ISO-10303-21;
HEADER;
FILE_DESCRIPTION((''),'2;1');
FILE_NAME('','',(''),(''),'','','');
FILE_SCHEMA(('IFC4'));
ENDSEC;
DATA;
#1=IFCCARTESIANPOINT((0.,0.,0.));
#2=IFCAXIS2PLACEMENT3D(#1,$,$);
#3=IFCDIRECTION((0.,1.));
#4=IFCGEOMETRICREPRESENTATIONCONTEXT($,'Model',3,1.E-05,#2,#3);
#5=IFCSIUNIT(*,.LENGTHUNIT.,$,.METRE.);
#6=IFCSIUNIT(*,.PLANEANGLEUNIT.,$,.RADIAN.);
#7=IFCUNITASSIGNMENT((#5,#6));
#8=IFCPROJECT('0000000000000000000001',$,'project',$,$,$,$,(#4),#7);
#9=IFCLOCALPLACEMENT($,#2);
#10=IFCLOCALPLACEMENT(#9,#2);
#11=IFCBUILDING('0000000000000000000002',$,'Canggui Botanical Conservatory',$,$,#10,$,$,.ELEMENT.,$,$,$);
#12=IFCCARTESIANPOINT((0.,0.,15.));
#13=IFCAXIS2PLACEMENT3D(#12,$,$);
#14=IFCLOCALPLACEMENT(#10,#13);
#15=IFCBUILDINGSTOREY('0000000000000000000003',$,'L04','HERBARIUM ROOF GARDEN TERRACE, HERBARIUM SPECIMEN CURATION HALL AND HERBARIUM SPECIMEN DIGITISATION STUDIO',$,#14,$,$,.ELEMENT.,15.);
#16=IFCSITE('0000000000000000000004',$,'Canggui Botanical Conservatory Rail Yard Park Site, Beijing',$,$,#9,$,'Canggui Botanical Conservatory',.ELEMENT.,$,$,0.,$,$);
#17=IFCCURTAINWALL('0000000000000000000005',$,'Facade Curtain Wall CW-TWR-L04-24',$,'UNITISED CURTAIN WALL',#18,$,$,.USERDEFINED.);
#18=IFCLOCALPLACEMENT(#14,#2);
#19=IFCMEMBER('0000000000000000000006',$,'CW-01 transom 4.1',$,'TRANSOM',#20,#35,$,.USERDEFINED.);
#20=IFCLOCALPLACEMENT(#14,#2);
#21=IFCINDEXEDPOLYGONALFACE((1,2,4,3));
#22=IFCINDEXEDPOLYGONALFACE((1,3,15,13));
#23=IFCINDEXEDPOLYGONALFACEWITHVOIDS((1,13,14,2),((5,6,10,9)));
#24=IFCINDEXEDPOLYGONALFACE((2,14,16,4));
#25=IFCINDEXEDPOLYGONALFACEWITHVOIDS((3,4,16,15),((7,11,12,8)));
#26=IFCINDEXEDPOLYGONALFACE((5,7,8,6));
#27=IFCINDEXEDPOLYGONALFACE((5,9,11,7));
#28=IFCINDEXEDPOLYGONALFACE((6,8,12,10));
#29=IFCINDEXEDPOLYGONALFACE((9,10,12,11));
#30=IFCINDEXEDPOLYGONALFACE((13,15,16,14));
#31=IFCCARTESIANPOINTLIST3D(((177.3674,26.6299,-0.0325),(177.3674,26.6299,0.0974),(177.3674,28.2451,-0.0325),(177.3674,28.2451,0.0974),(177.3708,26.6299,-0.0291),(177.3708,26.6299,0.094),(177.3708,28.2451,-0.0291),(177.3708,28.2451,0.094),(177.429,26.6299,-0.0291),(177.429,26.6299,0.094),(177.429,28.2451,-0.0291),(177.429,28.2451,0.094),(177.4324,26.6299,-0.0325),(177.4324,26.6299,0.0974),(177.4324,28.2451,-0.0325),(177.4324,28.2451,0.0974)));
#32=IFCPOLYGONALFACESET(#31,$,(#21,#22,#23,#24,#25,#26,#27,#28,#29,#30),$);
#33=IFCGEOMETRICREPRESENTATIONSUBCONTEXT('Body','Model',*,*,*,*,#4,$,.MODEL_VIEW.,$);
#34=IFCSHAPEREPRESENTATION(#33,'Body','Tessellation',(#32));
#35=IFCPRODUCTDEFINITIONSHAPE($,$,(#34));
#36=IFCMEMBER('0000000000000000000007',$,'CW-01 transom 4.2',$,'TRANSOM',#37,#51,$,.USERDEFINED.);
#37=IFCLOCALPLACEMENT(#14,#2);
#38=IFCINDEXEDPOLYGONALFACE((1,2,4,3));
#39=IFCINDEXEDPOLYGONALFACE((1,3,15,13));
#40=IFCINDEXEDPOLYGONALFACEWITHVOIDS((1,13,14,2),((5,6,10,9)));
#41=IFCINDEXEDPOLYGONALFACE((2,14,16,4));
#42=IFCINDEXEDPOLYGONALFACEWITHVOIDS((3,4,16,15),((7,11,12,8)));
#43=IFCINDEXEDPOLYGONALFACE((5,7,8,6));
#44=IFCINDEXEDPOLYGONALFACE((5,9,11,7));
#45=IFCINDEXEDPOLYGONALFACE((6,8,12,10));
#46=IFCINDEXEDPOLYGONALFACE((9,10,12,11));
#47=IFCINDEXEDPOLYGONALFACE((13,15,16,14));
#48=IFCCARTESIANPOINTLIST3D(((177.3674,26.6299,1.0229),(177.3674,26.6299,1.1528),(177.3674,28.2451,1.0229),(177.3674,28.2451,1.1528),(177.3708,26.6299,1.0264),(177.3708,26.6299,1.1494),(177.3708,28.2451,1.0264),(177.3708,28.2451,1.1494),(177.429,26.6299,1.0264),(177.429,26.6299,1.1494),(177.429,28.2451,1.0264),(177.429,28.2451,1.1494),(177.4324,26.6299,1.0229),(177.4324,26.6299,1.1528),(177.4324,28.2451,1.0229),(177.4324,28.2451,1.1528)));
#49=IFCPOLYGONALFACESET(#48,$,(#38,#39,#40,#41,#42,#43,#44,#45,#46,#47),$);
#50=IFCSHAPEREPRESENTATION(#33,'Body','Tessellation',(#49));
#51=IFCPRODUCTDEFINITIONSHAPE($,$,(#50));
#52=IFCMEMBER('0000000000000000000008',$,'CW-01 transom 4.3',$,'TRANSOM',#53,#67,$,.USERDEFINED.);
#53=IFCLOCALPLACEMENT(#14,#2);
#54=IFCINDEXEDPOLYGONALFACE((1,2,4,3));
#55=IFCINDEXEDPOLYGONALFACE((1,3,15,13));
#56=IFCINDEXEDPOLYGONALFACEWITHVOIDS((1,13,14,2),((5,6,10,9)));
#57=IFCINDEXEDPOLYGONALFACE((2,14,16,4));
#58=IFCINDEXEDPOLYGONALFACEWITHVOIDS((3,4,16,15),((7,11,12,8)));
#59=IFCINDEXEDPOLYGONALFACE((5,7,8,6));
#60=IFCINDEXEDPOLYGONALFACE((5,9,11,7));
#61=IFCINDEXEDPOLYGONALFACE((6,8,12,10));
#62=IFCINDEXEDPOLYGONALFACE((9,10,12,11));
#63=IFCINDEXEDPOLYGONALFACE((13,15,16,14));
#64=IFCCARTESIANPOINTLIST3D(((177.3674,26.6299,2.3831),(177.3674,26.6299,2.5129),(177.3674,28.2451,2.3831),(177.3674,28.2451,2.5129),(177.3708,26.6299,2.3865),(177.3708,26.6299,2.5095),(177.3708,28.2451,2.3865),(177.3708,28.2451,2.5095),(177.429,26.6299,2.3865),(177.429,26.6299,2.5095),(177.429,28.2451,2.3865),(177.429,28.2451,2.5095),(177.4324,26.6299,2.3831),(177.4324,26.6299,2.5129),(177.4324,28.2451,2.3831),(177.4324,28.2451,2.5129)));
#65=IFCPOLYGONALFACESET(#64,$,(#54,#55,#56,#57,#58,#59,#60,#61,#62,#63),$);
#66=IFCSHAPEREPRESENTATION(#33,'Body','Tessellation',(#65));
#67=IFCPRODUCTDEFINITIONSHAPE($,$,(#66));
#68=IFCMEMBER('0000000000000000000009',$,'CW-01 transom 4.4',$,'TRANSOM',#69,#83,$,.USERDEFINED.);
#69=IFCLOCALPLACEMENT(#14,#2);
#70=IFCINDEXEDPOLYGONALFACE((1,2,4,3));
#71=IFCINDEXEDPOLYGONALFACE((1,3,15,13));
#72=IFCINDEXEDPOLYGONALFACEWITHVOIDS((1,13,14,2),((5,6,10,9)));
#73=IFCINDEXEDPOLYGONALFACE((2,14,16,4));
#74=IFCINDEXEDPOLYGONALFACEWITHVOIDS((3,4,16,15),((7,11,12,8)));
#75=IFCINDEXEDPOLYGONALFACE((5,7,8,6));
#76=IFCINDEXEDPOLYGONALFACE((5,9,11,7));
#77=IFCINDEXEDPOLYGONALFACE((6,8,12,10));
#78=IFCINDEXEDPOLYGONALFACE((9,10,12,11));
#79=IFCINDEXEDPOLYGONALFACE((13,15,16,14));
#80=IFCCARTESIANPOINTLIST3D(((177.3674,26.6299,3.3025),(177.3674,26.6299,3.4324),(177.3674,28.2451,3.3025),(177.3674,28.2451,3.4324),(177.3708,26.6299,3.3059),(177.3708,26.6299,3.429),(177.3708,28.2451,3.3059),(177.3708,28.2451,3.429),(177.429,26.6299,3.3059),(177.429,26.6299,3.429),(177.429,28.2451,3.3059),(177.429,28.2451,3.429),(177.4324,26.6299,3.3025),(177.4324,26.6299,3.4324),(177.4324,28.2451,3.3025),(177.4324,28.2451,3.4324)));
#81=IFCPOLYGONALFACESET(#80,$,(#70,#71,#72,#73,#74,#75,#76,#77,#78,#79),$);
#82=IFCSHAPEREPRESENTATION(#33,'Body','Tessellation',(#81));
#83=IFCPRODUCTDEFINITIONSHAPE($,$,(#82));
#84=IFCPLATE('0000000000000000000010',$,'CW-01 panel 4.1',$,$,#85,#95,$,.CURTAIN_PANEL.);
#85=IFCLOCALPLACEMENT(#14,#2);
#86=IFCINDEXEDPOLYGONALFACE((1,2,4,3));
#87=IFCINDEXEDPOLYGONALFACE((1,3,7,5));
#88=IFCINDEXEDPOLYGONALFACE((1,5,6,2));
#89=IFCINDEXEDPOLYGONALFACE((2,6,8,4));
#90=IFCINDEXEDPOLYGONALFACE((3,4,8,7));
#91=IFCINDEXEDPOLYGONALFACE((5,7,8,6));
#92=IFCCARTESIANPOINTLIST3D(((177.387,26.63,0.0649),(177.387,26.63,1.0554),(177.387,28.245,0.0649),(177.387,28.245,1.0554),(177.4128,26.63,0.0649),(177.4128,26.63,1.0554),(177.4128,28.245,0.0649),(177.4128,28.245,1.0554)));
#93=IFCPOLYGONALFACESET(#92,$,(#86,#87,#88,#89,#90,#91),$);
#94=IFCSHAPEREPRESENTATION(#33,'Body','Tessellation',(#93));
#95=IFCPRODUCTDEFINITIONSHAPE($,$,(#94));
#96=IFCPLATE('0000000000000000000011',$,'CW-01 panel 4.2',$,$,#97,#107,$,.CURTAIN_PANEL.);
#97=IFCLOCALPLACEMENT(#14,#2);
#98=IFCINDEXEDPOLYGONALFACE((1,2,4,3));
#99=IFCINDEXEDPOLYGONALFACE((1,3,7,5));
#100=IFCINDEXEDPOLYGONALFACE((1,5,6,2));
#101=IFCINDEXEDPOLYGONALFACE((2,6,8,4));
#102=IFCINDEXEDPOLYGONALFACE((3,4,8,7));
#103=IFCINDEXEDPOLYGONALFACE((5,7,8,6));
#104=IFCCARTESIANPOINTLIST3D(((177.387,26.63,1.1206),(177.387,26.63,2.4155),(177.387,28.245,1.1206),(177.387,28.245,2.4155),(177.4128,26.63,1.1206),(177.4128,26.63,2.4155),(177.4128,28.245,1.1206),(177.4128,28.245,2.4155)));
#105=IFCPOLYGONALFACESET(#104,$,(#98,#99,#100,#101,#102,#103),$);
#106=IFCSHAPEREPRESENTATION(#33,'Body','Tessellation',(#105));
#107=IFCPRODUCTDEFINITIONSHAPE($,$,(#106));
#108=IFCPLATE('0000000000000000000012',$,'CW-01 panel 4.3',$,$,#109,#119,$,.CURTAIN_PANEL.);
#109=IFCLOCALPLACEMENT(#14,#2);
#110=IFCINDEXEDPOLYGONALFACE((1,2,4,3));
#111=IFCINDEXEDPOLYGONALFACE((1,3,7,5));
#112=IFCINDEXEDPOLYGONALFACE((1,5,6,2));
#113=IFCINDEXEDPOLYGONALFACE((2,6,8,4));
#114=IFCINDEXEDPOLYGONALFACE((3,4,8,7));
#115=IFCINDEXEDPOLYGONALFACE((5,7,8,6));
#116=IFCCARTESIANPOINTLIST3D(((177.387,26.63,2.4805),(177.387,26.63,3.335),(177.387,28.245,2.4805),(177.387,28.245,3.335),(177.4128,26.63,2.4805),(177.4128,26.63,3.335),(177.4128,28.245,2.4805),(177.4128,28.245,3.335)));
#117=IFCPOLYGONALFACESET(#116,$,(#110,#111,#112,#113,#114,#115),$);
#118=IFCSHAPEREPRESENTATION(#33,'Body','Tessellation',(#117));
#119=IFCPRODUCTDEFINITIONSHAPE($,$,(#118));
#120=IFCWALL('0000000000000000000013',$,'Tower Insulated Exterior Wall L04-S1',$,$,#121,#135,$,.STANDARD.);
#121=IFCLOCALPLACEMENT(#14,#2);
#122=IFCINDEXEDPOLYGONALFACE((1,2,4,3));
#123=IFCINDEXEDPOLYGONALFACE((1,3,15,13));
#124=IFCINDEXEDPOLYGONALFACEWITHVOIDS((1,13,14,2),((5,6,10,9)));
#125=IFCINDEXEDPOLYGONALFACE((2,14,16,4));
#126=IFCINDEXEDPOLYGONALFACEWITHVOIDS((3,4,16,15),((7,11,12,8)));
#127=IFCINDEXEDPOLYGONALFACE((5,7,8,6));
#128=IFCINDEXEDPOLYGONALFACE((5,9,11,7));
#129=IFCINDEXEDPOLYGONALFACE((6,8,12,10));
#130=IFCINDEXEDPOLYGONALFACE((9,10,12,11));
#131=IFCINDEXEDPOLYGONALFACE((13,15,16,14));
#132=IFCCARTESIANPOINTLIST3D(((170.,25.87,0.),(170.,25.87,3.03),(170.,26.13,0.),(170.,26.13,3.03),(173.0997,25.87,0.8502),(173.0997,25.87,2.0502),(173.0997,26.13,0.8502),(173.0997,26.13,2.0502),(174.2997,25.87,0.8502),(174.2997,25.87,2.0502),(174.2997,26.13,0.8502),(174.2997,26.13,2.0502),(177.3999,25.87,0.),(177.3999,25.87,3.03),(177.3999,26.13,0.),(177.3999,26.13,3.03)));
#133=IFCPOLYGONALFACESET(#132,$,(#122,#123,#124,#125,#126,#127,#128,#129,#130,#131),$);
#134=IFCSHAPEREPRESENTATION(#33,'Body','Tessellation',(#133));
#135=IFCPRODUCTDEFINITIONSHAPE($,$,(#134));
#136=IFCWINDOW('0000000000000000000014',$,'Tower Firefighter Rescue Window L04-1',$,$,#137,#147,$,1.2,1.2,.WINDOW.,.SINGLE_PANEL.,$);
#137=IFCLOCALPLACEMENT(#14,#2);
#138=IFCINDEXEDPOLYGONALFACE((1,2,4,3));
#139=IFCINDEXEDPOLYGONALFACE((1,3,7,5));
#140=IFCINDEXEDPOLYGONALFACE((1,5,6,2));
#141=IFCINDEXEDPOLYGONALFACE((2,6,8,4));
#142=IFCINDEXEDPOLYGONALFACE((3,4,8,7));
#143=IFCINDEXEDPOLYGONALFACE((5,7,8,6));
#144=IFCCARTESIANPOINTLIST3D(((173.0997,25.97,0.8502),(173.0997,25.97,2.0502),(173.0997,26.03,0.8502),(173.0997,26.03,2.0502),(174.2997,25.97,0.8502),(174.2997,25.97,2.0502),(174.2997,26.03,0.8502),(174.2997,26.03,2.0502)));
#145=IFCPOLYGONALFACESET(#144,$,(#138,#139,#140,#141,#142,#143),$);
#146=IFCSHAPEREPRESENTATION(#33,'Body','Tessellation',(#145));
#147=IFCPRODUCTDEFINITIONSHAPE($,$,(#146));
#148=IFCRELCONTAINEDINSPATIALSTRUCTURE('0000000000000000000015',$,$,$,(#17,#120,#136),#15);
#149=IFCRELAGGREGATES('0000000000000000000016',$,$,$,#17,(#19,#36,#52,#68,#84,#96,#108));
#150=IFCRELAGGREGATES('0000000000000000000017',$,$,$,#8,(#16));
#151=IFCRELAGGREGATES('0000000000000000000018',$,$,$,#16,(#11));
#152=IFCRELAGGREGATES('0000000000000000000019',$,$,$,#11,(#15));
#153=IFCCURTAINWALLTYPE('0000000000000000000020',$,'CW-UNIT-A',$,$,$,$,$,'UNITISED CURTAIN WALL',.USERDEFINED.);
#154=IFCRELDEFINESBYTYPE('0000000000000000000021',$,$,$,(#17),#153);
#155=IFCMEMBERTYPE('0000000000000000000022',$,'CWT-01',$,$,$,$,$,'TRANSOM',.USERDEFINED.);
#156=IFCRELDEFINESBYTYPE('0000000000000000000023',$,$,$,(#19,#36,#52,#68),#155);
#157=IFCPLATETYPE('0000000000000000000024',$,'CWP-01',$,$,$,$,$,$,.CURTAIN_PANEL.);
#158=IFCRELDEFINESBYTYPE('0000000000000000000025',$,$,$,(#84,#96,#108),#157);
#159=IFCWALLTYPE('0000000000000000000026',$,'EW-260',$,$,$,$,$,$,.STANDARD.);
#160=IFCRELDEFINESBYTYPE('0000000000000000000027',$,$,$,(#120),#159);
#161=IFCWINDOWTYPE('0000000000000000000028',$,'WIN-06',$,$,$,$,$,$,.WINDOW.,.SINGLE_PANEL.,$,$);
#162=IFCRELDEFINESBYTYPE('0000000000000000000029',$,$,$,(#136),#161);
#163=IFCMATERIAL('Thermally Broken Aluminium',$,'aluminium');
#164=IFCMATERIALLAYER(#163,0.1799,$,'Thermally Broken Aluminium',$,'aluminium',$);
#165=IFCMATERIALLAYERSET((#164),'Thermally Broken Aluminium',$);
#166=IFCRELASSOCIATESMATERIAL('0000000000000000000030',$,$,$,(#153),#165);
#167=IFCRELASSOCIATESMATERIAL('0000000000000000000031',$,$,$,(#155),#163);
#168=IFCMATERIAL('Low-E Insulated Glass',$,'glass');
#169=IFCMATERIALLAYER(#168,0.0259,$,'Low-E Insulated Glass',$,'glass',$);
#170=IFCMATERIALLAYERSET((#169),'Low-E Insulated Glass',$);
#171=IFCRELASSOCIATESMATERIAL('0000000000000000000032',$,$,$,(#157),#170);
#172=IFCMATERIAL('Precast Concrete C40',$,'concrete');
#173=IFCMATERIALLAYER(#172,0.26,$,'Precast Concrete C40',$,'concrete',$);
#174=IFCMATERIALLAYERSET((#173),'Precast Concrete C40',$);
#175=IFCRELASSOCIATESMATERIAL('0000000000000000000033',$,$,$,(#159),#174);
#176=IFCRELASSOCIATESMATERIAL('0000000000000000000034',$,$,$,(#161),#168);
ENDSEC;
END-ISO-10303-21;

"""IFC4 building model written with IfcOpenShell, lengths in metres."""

from ifc_helpers import new_model, si_unit, direction, frame, frame_2d, origin, origin_2d, place, context, subcontext, project, spatial, rectangle, hollow_rectangle, extrude, material, layer, layer_set, material_profile, profile_set, type_object, element, fill, aggregate, save


model = new_model("IFC4")

# Units and contexts
model_context = context("Model", 3, precision=1e-05, world=origin(), true_north=direction((0.0, 1.0)))
body_context = subcontext(model_context, "Body", "Model", "MODEL_VIEW")
ifc_project = project(units=[si_unit("LENGTHUNIT", "METRE"), si_unit("PLANEANGLEUNIT", "RADIAN")], contexts=[model_context])

# Site, building, storey
site_placement = place(None, origin())
site = spatial("IfcSite", under=ifc_project, at=site_placement, Name="Canggui Botanical Conservatory Rail Yard Park Site, Beijing", LongName="Canggui Botanical Conservatory", CompositionType="ELEMENT", RefElevation=0.0)
building_placement = place(site_placement, origin())
building = spatial("IfcBuilding", under=site, at=building_placement, Name="Canggui Botanical Conservatory", CompositionType="ELEMENT")
storey_placement = place(building_placement, frame((0.0, 0.0, 15.0)))
storey = spatial("IfcBuildingStorey", under=building, at=storey_placement, Name="L04", Description="HERBARIUM ROOF GARDEN TERRACE, HERBARIUM SPECIMEN CURATION HALL AND HERBARIUM SPECIMEN DIGITISATION STUDIO", CompositionType="ELEMENT", Elevation=15.0)

# Shared definitions
ifc_material_1 = material(Name="Thermally Broken Aluminium", Category="aluminium")
ifc_layer_1 = layer(ifc_material_1, 0.1799, Name="Thermally Broken Aluminium", Category="aluminium")
ifc_layer_set_1 = layer_set([ifc_layer_1], Name="Thermally Broken Aluminium")
curtain_wall_type = type_object("IfcCurtainWallType", Name="CW-UNIT-A", ElementType="UNITISED CURTAIN WALL", PredefinedType="USERDEFINED", material=ifc_layer_set_1)

# Curtain wall
curtain_wall_1_placement = place(storey_placement, origin())
curtain_wall_1 = element("IfcCurtainWall", 1, at=curtain_wall_1_placement, inside=storey, type_object=curtain_wall_type, Name="Facade Curtain Wall CW-TWR-L04-24", ObjectType="UNITISED CURTAIN WALL", PredefinedType="USERDEFINED")

# Members
ifc_material_profile_1 = material_profile(ifc_material_1, hollow_rectangle(XDim=0.0649, YDim=0.1299, WallThickness=0.0034, at=origin_2d()), Name="CWT 65x130x3.5")
ifc_profile_set_1 = profile_set([ifc_material_profile_1], Name="Thermally Broken Aluminium")
member_type_1 = type_object("IfcMemberType", Name="CWT-01", ElementType="TRANSOM", PredefinedType="USERDEFINED", material=ifc_profile_set_1)
member_1_placement = place(storey_placement, frame((177.3999, 28.2451, 0.0325), z_axis=(0.0, -1.0, 0.0), x_axis=(1.0, 0.0, 0.0)))
member_1 = element("IfcMember", 2, at=member_1_placement, type_object=member_type_1, Name="CW-01 transom 4.1", ObjectType="TRANSOM", PredefinedType="USERDEFINED", context=body_context, shape_type="SweptSolid", body=[
    extrude(hollow_rectangle(XDim=0.0649, YDim=0.1299, WallThickness=0.0034, at=origin_2d()), origin(), (0.0, 0.0, 1.0), 1.6152),
])
member_2_placement = place(storey_placement, frame((177.3999, 28.2451, 1.0879), z_axis=(0.0, -1.0, 0.0), x_axis=(1.0, 0.0, 0.0)))
member_2 = element("IfcMember", 3, at=member_2_placement, type_object=member_type_1, Name="CW-01 transom 4.2", ObjectType="TRANSOM", PredefinedType="USERDEFINED", context=body_context, shape_type="SweptSolid", body=[
    extrude(hollow_rectangle(XDim=0.0649, YDim=0.1299, WallThickness=0.0034, at=origin_2d()), origin(), (0.0, 0.0, 1.0), 1.6152),
])
member_3_placement = place(storey_placement, frame((177.3999, 28.2451, 2.448), z_axis=(0.0, -1.0, 0.0), x_axis=(1.0, 0.0, 0.0)))
member_3 = element("IfcMember", 4, at=member_3_placement, type_object=member_type_1, Name="CW-01 transom 4.3", ObjectType="TRANSOM", PredefinedType="USERDEFINED", context=body_context, shape_type="SweptSolid", body=[
    extrude(hollow_rectangle(XDim=0.0649, YDim=0.1299, WallThickness=0.0034, at=origin_2d()), origin(), (0.0, 0.0, 1.0), 1.6152),
])
member_4_placement = place(storey_placement, frame((177.3999, 28.2451, 3.3674), z_axis=(0.0, -1.0, 0.0), x_axis=(1.0, 0.0, 0.0)))
member_4 = element("IfcMember", 5, at=member_4_placement, type_object=member_type_1, Name="CW-01 transom 4.4", ObjectType="TRANSOM", PredefinedType="USERDEFINED", context=body_context, shape_type="SweptSolid", body=[
    extrude(hollow_rectangle(XDim=0.0649, YDim=0.1299, WallThickness=0.0034, at=origin_2d()), origin(), (0.0, 0.0, 1.0), 1.6152),
])

# Plates
ifc_material_2 = material(Name="Low-E Insulated Glass", Category="glass")
ifc_layer_2 = layer(ifc_material_2, 0.0259, Name="Low-E Insulated Glass", Category="glass")
ifc_layer_set_2 = layer_set([ifc_layer_2], Name="Low-E Insulated Glass")
plate_type = type_object("IfcPlateType", Name="CWP-01", PredefinedType="CURTAIN_PANEL", material=ifc_layer_set_2)
plate_1_placement = place(storey_placement, frame((177.3999, 27.4375, 0.0649), z_axis=(0.0, 0.0, 1.0), x_axis=(0.0, -1.0, 0.0)))
plate_1 = element("IfcPlate", 6, at=plate_1_placement, type_object=plate_type, Name="CW-01 panel 4.1", PredefinedType="CURTAIN_PANEL", context=body_context, shape_type="SweptSolid", body=[
    extrude(rectangle(XDim=1.615, YDim=0.0259, at=origin_2d()), origin(), (0.0, 0.0, 1.0), 0.9905),
])
plate_2_placement = place(storey_placement, frame((177.3999, 27.4375, 1.1206), z_axis=(0.0, 0.0, 1.0), x_axis=(0.0, -1.0, 0.0)))
plate_2 = element("IfcPlate", 7, at=plate_2_placement, type_object=plate_type, Name="CW-01 panel 4.2", PredefinedType="CURTAIN_PANEL", context=body_context, shape_type="SweptSolid", body=[
    extrude(rectangle(XDim=1.615, YDim=0.0259, at=origin_2d()), origin(), (0.0, 0.0, 1.0), 1.2949),
])
plate_3_placement = place(storey_placement, frame((177.3999, 27.4375, 2.4805), z_axis=(0.0, 0.0, 1.0), x_axis=(0.0, -1.0, 0.0)))
plate_3 = element("IfcPlate", 8, at=plate_3_placement, type_object=plate_type, Name="CW-01 panel 4.3", PredefinedType="CURTAIN_PANEL", context=body_context, shape_type="SweptSolid", body=[
    extrude(rectangle(XDim=1.615, YDim=0.0259, at=origin_2d()), origin(), (0.0, 0.0, 1.0), 0.8545),
])
aggregate(curtain_wall_1, [member_1, member_2, member_3, member_4, plate_1, plate_2, plate_3])

# Wall, opening, window
ifc_material_3 = material(Name="Precast Concrete C40", Category="concrete")
ifc_layer_3 = layer(ifc_material_3, 0.26, Name="Precast Concrete C40", Category="concrete")
ifc_layer_set_3 = layer_set([ifc_layer_3], Name="Precast Concrete C40")
wall_type = type_object("IfcWallType", Name="EW-260", PredefinedType="STANDARD", material=ifc_layer_set_3)
wall_placement = place(storey_placement, frame((177.3999, 26.0, 0.0), z_axis=(0.0, 0.0, 1.0), x_axis=(-1.0, 0.0, 0.0)))
wall = element("IfcWall", 9, at=wall_placement, inside=storey, type_object=wall_type, Name="Tower Insulated Exterior Wall L04-S1", PredefinedType="STANDARD", context=body_context, shape_type="SweptSolid", body=[
    extrude(rectangle(XDim=7.3999, YDim=0.26, at=frame_2d((3.7, 0.0))), origin(), (0.0, 0.0, 1.0), 3.03),
])
opening_placement = place(wall_placement, frame((3.1001, 0.0, 0.8501)))
opening = element("IfcOpeningElement", 10, at=opening_placement, cuts=wall, PredefinedType="OPENING", context=body_context, shape_type="SweptSolid", body=[
    extrude(rectangle(XDim=1.2, YDim=1.2, at=frame_2d((0.6001, 0.6001))), frame((0.0, 0.1401, 0.0), z_axis=(0.0, -1.0, 0.0), x_axis=(1.0, 0.0, 0.0)), (0.0, 0.0, 1.0), 0.28),
])
window_type = type_object("IfcWindowType", Name="WIN-06", PartitioningType="SINGLE_PANEL", PredefinedType="WINDOW", material=ifc_material_2)
window_placement = place(opening_placement, origin())
window = element("IfcWindow", 11, at=window_placement, inside=storey, type_object=window_type, Name="Tower Firefighter Rescue Window L04-1", OverallHeight=1.2, OverallWidth=1.2, PartitioningType="SINGLE_PANEL", PredefinedType="WINDOW", context=body_context, shape_type="SweptSolid", body=[
    extrude(rectangle(XDim=1.2, YDim=1.2, at=frame_2d((0.6001, 0.6001))), frame((0.0, 0.03, 0.0), z_axis=(0.0, -1.0, 0.0), x_axis=(1.0, 0.0, 0.0)), (0.0, 0.0, 1.0), 0.0601),
])
fill(opening, window)

save(model, "model.ifc")
